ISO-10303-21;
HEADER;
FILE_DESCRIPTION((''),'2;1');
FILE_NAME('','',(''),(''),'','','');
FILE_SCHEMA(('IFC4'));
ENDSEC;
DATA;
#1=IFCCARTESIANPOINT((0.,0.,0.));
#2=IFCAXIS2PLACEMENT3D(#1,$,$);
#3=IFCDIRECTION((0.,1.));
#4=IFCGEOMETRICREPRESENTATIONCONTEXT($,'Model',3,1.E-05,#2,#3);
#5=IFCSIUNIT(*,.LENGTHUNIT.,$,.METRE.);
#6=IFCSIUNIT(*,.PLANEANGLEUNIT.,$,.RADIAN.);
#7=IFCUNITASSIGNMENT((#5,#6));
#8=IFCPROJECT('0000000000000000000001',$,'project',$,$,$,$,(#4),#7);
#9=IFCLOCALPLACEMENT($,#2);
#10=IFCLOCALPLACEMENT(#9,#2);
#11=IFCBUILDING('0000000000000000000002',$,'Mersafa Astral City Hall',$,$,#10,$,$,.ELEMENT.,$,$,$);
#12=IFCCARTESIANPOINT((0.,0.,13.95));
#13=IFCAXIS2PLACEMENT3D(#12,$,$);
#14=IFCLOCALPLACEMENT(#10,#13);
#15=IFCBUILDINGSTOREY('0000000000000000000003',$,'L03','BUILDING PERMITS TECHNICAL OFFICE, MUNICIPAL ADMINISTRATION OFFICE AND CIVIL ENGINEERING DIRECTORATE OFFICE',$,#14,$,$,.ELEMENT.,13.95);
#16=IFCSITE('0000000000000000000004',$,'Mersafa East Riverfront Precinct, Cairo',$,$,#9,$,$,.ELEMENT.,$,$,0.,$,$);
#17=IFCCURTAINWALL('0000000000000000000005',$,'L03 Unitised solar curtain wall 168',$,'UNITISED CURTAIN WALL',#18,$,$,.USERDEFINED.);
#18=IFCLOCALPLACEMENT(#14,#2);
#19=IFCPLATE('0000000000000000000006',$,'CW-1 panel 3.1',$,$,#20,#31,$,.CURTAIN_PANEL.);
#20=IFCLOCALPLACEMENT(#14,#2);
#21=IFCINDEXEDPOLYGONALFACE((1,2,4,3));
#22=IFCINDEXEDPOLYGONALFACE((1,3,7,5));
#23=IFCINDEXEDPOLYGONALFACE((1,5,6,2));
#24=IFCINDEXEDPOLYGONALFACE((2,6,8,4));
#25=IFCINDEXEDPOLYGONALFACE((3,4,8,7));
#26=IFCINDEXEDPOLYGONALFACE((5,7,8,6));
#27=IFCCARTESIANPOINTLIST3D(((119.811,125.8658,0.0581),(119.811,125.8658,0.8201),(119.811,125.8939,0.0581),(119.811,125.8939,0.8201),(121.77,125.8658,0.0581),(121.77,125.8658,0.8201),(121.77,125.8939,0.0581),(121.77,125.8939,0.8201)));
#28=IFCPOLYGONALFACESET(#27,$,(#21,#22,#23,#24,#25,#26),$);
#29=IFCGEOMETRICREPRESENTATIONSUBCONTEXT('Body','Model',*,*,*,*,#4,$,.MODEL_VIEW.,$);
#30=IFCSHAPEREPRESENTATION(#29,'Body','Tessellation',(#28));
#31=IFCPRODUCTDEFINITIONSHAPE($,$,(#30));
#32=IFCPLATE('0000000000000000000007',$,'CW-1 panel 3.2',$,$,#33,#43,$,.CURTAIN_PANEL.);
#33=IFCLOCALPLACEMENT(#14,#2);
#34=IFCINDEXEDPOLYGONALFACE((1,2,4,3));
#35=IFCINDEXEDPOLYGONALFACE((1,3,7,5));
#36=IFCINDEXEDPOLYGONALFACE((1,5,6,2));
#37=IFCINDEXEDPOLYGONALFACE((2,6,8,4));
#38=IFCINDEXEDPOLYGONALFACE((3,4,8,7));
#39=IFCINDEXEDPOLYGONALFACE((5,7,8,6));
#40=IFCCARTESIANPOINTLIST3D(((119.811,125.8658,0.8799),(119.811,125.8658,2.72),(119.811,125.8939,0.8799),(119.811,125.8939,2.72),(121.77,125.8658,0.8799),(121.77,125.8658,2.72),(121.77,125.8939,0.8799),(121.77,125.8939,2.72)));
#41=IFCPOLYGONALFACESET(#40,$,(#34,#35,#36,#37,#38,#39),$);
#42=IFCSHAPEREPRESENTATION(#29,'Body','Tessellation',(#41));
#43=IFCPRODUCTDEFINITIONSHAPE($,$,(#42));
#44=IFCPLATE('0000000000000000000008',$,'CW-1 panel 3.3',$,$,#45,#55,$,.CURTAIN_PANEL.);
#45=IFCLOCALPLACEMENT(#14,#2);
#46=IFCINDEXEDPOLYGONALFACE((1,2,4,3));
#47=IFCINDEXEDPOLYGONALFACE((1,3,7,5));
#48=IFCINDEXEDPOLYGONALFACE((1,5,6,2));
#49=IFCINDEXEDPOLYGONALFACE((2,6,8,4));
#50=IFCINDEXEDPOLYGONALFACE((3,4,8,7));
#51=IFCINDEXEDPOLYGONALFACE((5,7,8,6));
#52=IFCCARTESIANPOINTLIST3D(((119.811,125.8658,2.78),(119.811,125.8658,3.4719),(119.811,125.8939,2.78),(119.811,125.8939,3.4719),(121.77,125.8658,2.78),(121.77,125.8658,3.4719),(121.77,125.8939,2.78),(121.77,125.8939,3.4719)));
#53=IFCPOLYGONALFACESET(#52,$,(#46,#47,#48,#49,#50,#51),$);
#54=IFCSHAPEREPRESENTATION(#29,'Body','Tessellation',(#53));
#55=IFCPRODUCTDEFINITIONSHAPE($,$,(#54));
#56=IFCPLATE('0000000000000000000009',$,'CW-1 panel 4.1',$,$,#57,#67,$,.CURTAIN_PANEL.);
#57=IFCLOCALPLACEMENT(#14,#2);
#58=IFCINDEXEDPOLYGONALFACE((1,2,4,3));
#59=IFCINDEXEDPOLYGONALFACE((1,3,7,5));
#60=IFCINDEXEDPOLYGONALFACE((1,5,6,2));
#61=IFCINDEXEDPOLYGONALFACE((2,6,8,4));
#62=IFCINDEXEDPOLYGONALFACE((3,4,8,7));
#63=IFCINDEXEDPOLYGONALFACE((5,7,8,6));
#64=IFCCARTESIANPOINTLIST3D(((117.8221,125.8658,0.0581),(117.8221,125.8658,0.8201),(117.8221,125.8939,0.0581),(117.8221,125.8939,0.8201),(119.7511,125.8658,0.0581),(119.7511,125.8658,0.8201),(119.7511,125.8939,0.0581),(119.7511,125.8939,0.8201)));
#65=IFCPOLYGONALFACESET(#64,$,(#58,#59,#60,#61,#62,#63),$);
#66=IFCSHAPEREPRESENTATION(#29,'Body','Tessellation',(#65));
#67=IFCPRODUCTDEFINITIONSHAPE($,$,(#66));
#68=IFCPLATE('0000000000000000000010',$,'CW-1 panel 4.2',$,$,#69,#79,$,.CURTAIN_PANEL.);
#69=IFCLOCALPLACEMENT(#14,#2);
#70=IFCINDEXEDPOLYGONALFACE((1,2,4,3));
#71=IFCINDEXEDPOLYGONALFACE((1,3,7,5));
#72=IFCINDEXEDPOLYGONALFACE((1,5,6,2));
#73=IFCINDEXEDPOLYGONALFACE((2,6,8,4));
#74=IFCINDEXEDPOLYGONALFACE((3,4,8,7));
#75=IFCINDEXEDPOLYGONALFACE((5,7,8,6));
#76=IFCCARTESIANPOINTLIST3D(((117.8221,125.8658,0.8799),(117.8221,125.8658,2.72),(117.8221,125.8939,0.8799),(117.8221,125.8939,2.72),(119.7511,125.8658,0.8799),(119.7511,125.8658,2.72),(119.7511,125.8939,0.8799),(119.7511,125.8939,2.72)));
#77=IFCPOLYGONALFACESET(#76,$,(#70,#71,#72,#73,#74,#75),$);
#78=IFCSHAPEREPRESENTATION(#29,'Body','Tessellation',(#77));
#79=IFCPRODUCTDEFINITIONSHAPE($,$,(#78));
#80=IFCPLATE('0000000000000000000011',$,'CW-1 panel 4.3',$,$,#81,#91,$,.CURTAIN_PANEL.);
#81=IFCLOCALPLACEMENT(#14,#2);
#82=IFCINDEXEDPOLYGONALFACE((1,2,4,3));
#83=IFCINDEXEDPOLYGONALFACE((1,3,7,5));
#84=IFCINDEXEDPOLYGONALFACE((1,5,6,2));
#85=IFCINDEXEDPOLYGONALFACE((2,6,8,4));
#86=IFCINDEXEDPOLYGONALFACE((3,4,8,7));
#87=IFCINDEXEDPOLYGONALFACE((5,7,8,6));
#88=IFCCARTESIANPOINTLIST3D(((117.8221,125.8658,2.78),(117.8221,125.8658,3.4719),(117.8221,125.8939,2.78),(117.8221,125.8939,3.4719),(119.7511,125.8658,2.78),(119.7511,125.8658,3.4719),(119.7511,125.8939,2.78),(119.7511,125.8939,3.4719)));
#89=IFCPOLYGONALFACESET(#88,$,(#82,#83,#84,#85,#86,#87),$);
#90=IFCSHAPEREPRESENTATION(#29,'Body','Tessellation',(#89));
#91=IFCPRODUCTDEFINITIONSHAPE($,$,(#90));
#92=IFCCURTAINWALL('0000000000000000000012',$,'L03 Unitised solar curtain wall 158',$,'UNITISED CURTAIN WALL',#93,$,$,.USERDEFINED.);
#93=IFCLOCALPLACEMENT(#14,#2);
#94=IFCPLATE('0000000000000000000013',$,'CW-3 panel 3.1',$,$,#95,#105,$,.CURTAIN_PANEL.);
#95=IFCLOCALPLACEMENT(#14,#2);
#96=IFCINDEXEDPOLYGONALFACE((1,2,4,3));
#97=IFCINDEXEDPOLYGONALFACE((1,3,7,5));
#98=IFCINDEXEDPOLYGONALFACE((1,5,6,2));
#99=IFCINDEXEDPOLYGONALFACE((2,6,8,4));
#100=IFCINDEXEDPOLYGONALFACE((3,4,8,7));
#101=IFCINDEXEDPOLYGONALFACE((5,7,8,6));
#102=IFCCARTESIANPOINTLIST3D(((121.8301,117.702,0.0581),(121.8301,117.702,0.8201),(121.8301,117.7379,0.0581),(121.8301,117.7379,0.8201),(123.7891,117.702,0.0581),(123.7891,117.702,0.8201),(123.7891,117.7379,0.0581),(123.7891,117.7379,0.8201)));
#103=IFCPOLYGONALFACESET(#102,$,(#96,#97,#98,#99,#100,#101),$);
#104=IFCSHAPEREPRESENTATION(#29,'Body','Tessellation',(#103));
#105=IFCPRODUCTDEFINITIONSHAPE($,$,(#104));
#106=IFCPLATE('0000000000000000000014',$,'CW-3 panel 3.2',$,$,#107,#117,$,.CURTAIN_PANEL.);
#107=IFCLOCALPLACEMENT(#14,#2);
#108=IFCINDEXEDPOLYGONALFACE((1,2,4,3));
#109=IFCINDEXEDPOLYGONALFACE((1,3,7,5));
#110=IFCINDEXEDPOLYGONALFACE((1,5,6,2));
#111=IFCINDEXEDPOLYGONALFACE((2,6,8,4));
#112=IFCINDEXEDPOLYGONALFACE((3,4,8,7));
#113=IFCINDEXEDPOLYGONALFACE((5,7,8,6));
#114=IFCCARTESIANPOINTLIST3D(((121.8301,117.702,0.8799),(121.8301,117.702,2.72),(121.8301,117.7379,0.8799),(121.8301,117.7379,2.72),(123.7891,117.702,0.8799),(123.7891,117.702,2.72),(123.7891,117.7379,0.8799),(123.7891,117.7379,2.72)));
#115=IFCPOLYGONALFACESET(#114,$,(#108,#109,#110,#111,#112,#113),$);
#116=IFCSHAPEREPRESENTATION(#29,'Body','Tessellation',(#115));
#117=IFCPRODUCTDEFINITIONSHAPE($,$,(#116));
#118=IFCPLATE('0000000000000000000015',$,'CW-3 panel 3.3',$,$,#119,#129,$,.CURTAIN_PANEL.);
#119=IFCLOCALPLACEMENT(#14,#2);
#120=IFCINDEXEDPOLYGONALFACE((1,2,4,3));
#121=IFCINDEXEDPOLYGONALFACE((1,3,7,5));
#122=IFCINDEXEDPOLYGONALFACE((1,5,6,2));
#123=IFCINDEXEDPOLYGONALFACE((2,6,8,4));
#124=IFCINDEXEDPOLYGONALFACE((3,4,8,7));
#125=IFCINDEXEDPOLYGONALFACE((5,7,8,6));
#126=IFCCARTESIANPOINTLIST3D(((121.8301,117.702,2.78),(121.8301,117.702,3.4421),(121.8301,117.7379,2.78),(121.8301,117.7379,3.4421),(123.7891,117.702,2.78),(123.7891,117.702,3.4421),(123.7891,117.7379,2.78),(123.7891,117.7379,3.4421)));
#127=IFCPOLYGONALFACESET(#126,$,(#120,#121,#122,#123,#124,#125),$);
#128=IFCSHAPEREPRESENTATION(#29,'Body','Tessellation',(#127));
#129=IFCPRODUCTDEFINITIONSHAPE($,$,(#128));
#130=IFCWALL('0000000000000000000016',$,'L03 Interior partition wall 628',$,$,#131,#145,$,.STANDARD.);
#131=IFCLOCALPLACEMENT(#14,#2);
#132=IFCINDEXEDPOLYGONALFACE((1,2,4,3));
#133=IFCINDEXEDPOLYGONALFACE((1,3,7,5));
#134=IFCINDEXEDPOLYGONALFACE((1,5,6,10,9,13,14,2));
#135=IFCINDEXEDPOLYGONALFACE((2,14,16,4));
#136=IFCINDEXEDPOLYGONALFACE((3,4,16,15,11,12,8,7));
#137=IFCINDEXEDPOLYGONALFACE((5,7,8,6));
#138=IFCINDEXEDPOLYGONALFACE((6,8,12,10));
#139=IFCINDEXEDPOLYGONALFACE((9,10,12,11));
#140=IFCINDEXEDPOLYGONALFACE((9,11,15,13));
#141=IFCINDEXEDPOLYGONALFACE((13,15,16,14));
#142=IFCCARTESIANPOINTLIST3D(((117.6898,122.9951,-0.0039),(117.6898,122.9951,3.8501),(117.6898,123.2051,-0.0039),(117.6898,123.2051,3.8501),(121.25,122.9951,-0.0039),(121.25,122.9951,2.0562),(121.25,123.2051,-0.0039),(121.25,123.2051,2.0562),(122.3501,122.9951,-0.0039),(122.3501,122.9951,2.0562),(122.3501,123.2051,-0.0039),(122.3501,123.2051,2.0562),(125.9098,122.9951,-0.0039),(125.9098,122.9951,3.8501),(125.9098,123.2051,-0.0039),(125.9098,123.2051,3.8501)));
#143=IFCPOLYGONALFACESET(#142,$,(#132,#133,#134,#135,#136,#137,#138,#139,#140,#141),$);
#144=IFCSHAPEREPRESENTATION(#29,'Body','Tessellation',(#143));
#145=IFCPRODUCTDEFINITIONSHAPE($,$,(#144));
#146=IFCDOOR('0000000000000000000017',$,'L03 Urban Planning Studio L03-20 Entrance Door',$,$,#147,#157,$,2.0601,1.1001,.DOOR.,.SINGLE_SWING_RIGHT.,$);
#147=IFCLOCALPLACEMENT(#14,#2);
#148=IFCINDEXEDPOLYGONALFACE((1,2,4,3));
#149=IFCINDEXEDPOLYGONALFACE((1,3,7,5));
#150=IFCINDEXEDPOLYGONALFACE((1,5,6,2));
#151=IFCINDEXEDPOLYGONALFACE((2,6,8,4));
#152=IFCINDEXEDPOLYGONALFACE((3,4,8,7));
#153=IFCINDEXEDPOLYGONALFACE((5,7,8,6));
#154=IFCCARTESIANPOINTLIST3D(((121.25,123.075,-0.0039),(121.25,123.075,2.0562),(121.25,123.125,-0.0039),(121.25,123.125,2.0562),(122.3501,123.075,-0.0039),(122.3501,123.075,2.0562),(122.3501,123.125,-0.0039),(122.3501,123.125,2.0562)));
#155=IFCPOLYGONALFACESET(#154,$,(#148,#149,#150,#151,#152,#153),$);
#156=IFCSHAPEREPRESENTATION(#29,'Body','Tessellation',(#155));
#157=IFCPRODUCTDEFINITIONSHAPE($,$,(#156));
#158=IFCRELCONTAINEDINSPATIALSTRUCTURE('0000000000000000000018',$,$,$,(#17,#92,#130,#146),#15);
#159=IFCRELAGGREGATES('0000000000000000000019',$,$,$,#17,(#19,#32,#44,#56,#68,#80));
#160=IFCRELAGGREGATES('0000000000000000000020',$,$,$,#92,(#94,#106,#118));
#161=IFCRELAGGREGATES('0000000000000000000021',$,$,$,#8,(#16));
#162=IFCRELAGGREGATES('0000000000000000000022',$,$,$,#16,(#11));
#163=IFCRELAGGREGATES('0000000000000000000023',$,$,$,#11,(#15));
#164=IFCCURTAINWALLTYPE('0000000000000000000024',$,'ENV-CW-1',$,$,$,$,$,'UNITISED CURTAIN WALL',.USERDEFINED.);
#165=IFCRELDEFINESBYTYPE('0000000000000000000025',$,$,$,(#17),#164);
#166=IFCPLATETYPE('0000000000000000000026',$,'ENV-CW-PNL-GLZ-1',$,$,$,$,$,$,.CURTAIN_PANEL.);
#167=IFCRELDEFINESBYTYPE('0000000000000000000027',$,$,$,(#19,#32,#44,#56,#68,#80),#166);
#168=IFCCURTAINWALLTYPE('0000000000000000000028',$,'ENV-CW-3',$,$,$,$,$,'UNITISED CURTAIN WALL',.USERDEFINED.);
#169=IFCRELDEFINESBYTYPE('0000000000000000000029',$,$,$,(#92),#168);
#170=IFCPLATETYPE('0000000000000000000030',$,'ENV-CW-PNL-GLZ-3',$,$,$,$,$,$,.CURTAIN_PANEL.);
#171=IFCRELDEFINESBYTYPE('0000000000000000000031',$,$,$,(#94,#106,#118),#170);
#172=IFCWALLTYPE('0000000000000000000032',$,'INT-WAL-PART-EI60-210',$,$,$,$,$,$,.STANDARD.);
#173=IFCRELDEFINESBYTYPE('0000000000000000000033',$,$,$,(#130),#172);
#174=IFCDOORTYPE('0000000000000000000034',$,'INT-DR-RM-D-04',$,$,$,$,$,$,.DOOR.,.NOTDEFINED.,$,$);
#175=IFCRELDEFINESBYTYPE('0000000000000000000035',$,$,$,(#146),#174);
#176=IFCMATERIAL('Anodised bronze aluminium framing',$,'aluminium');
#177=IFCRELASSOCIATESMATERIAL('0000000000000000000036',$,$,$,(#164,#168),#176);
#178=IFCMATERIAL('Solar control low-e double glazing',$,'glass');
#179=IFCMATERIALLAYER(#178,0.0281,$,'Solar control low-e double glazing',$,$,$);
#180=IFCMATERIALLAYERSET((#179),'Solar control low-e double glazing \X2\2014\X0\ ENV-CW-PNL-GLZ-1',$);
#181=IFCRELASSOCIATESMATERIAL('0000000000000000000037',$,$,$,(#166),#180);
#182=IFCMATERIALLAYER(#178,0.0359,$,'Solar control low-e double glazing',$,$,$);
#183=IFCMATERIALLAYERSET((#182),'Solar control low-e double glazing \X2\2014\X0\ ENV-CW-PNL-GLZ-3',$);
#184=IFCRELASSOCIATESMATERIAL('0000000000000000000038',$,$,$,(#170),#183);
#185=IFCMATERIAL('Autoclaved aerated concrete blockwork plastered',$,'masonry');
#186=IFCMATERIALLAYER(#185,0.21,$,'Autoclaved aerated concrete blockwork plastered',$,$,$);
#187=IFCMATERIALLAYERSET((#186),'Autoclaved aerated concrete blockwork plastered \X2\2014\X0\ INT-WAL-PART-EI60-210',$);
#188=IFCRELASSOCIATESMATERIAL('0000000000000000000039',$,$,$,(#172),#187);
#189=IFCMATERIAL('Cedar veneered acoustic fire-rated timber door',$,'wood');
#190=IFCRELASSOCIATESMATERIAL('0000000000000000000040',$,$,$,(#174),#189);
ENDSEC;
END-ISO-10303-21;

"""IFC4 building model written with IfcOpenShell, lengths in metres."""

from ifc_helpers import new_model, si_unit, direction, frame, frame_2d, origin, origin_2d, place, context, subcontext, project, spatial, rectangle, extrude, material, layer, layer_set, type_object, element, fill, aggregate, save


model = new_model("IFC4")

# Units and contexts
model_context = context("Model", 3, precision=1e-05, world=origin(), true_north=direction((0.0, 1.0)))
body_context = subcontext(model_context, "Body", "Model", "MODEL_VIEW")
ifc_project = project(units=[si_unit("LENGTHUNIT", "METRE"), si_unit("PLANEANGLEUNIT", "RADIAN")], contexts=[model_context])

# Site, building, storey
site_placement = place(None, origin())
site = spatial("IfcSite", under=ifc_project, at=site_placement, Name="Mersafa East Riverfront Precinct, Cairo", CompositionType="ELEMENT", RefElevation=0.0)
building_placement = place(site_placement, origin())
building = spatial("IfcBuilding", under=site, at=building_placement, Name="Mersafa Astral City Hall", CompositionType="ELEMENT")
storey_placement = place(building_placement, frame((0.0, 0.0, 13.95)))
storey = spatial("IfcBuildingStorey", under=building, at=storey_placement, Name="L03", Description="BUILDING PERMITS TECHNICAL OFFICE, MUNICIPAL ADMINISTRATION OFFICE AND CIVIL ENGINEERING DIRECTORATE OFFICE", CompositionType="ELEMENT", Elevation=13.95)

# Curtain wall, plates
ifc_material_1 = material(Name="Anodised bronze aluminium framing", Category="aluminium")
curtain_wall_type_1 = type_object("IfcCurtainWallType", Name="ENV-CW-1", ElementType="UNITISED CURTAIN WALL", PredefinedType="USERDEFINED", material=ifc_material_1)
curtain_wall_1_placement = place(storey_placement, origin())
curtain_wall_1 = element("IfcCurtainWall", 1, at=curtain_wall_1_placement, inside=storey, type_object=curtain_wall_type_1, Name="L03 Unitised solar curtain wall 168", ObjectType="UNITISED CURTAIN WALL", PredefinedType="USERDEFINED")
ifc_material_2 = material(Name="Solar control low-e double glazing", Category="glass")
ifc_layer_1 = layer(ifc_material_2, 0.0281, Name="Solar control low-e double glazing")
ifc_layer_set_1 = layer_set([ifc_layer_1], Name="Solar control low-e double glazing — ENV-CW-PNL-GLZ-1")
plate_type_1 = type_object("IfcPlateType", Name="ENV-CW-PNL-GLZ-1", PredefinedType="CURTAIN_PANEL", material=ifc_layer_set_1)
plate_1_placement = place(storey_placement, frame((120.7905, 125.8799, 0.0581), z_axis=(0.0, 0.0, 1.0), x_axis=(-1.0, 0.0, 0.0)))
plate_1 = element("IfcPlate", 2, at=plate_1_placement, type_object=plate_type_1, Name="CW-1 panel 3.1", PredefinedType="CURTAIN_PANEL", context=body_context, shape_type="SweptSolid", body=[
    extrude(rectangle(XDim=1.959, YDim=0.0281, at=origin_2d()), origin(), (0.0, 0.0, 1.0), 0.762),
])
plate_2_placement = place(storey_placement, frame((120.7905, 125.8799, 0.8799), z_axis=(0.0, 0.0, 1.0), x_axis=(-1.0, 0.0, 0.0)))
plate_2 = element("IfcPlate", 3, at=plate_2_placement, type_object=plate_type_1, Name="CW-1 panel 3.2", PredefinedType="CURTAIN_PANEL", context=body_context, shape_type="SweptSolid", body=[
    extrude(rectangle(XDim=1.959, YDim=0.0281, at=origin_2d()), origin(), (0.0, 0.0, 1.0), 1.8401),
])
plate_3_placement = place(storey_placement, frame((120.7905, 125.8799, 2.78), z_axis=(0.0, 0.0, 1.0), x_axis=(-1.0, 0.0, 0.0)))
plate_3 = element("IfcPlate", 4, at=plate_3_placement, type_object=plate_type_1, Name="CW-1 panel 3.3", PredefinedType="CURTAIN_PANEL", context=body_context, shape_type="SweptSolid", body=[
    extrude(rectangle(XDim=1.959, YDim=0.0281, at=origin_2d()), origin(), (0.0, 0.0, 1.0), 0.6919),
])
plate_4_placement = place(storey_placement, frame((118.7866, 125.8799, 0.0581), z_axis=(0.0, 0.0, 1.0), x_axis=(-1.0, 0.0, 0.0)))
plate_4 = element("IfcPlate", 5, at=plate_4_placement, type_object=plate_type_1, Name="CW-1 panel 4.1", PredefinedType="CURTAIN_PANEL", context=body_context, shape_type="SweptSolid", body=[
    extrude(rectangle(XDim=1.929, YDim=0.0281, at=origin_2d()), origin(), (0.0, 0.0, 1.0), 0.762),
])
plate_5_placement = place(storey_placement, frame((118.7866, 125.8799, 0.8799), z_axis=(0.0, 0.0, 1.0), x_axis=(-1.0, 0.0, 0.0)))
plate_5 = element("IfcPlate", 6, at=plate_5_placement, type_object=plate_type_1, Name="CW-1 panel 4.2", PredefinedType="CURTAIN_PANEL", context=body_context, shape_type="SweptSolid", body=[
    extrude(rectangle(XDim=1.929, YDim=0.0281, at=origin_2d()), origin(), (0.0, 0.0, 1.0), 1.8401),
])
plate_6_placement = place(storey_placement, frame((118.7866, 125.8799, 2.78), z_axis=(0.0, 0.0, 1.0), x_axis=(-1.0, 0.0, 0.0)))
plate_6 = element("IfcPlate", 7, at=plate_6_placement, type_object=plate_type_1, Name="CW-1 panel 4.3", PredefinedType="CURTAIN_PANEL", context=body_context, shape_type="SweptSolid", body=[
    extrude(rectangle(XDim=1.929, YDim=0.0281, at=origin_2d()), origin(), (0.0, 0.0, 1.0), 0.6919),
])
aggregate(curtain_wall_1, [plate_1, plate_2, plate_3, plate_4, plate_5, plate_6])

# Curtain wall, plates
curtain_wall_type_2 = type_object("IfcCurtainWallType", Name="ENV-CW-3", ElementType="UNITISED CURTAIN WALL", PredefinedType="USERDEFINED", material=ifc_material_1)
curtain_wall_2_placement = place(storey_placement, origin())
curtain_wall_2 = element("IfcCurtainWall", 8, at=curtain_wall_2_placement, inside=storey, type_object=curtain_wall_type_2, Name="L03 Unitised solar curtain wall 158", ObjectType="UNITISED CURTAIN WALL", PredefinedType="USERDEFINED")
ifc_layer_2 = layer(ifc_material_2, 0.0359, Name="Solar control low-e double glazing")
ifc_layer_set_2 = layer_set([ifc_layer_2], Name="Solar control low-e double glazing — ENV-CW-PNL-GLZ-3")
plate_type_2 = type_object("IfcPlateType", Name="ENV-CW-PNL-GLZ-3", PredefinedType="CURTAIN_PANEL", material=ifc_layer_set_2)
plate_7_placement = place(storey_placement, frame((122.8096, 117.72, 0.0581), z_axis=(0.0, 0.0, 1.0), x_axis=(1.0, 0.0, 0.0)))
plate_7 = element("IfcPlate", 9, at=plate_7_placement, type_object=plate_type_2, Name="CW-3 panel 3.1", PredefinedType="CURTAIN_PANEL", context=body_context, shape_type="SweptSolid", body=[
    extrude(rectangle(XDim=1.959, YDim=0.0359, at=origin_2d()), origin(), (0.0, 0.0, 1.0), 0.762),
])
plate_8_placement = place(storey_placement, frame((122.8096, 117.72, 0.8799), z_axis=(0.0, 0.0, 1.0), x_axis=(1.0, 0.0, 0.0)))
plate_8 = element("IfcPlate", 10, at=plate_8_placement, type_object=plate_type_2, Name="CW-3 panel 3.2", PredefinedType="CURTAIN_PANEL", context=body_context, shape_type="SweptSolid", body=[
    extrude(rectangle(XDim=1.959, YDim=0.0359, at=origin_2d()), origin(), (0.0, 0.0, 1.0), 1.8401),
])
plate_9_placement = place(storey_placement, frame((122.8096, 117.72, 2.78), z_axis=(0.0, 0.0, 1.0), x_axis=(1.0, 0.0, 0.0)))
plate_9 = element("IfcPlate", 11, at=plate_9_placement, type_object=plate_type_2, Name="CW-3 panel 3.3", PredefinedType="CURTAIN_PANEL", context=body_context, shape_type="SweptSolid", body=[
    extrude(rectangle(XDim=1.959, YDim=0.0359, at=origin_2d()), origin(), (0.0, 0.0, 1.0), 0.6621),
])
aggregate(curtain_wall_2, [plate_7, plate_8, plate_9])

# Wall, opening, door
ifc_material_3 = material(Name="Autoclaved aerated concrete blockwork plastered", Category="masonry")
ifc_layer_3 = layer(ifc_material_3, 0.21, Name="Autoclaved aerated concrete blockwork plastered")
ifc_layer_set_3 = layer_set([ifc_layer_3], Name="Autoclaved aerated concrete blockwork plastered — INT-WAL-PART-EI60-210")
wall_type = type_object("IfcWallType", Name="INT-WAL-PART-EI60-210", PredefinedType="STANDARD", material=ifc_layer_set_3)
wall_placement = place(storey_placement, frame((117.6899, 123.1001, -0.0039), z_axis=(0.0, 0.0, 1.0), x_axis=(1.0, 0.0, 0.0)))
wall = element("IfcWall", 12, at=wall_placement, inside=storey, type_object=wall_type, Name="L03 Interior partition wall 628", PredefinedType="STANDARD", context=body_context, shape_type="SweptSolid", body=[
    extrude(rectangle(XDim=8.22, YDim=0.21, at=frame_2d((4.1099, 0.0))), origin(), (0.0, 0.0, 1.0), 3.854),
])
opening_placement = place(wall_placement, frame((3.5601, 0.0, 0.0)))
opening = element("IfcOpeningElement", 13, at=opening_placement, cuts=wall, PredefinedType="OPENING", context=body_context, shape_type="SweptSolid", body=[
    extrude(rectangle(XDim=1.1001, YDim=2.0601, at=frame_2d((0.55, 1.03))), frame((0.0, 0.115, 0.0), z_axis=(0.0, -1.0, 0.0), x_axis=(1.0, 0.0, 0.0)), (0.0, 0.0, 1.0), 0.23),
])
ifc_material_4 = material(Name="Cedar veneered acoustic fire-rated timber door", Category="wood")
door_type = type_object("IfcDoorType", Name="INT-DR-RM-D-04", OperationType="NOTDEFINED", PredefinedType="DOOR", material=ifc_material_4)
door_placement = place(opening_placement, origin())
door = element("IfcDoor", 14, at=door_placement, inside=storey, type_object=door_type, Name="L03 Urban Planning Studio L03-20 Entrance Door", OperationType="SINGLE_SWING_RIGHT", OverallHeight=2.0601, OverallWidth=1.1001, PredefinedType="DOOR", context=body_context, shape_type="SweptSolid", body=[
    extrude(rectangle(XDim=1.1001, YDim=2.0601, at=frame_2d((0.55, 1.03))), frame((0.0, 0.0249, 0.0), z_axis=(0.0, -1.0, 0.0), x_axis=(1.0, 0.0, 0.0)), (0.0, 0.0, 1.0), 0.05),
])
fill(opening, door)

save(model, "model.ifc")
